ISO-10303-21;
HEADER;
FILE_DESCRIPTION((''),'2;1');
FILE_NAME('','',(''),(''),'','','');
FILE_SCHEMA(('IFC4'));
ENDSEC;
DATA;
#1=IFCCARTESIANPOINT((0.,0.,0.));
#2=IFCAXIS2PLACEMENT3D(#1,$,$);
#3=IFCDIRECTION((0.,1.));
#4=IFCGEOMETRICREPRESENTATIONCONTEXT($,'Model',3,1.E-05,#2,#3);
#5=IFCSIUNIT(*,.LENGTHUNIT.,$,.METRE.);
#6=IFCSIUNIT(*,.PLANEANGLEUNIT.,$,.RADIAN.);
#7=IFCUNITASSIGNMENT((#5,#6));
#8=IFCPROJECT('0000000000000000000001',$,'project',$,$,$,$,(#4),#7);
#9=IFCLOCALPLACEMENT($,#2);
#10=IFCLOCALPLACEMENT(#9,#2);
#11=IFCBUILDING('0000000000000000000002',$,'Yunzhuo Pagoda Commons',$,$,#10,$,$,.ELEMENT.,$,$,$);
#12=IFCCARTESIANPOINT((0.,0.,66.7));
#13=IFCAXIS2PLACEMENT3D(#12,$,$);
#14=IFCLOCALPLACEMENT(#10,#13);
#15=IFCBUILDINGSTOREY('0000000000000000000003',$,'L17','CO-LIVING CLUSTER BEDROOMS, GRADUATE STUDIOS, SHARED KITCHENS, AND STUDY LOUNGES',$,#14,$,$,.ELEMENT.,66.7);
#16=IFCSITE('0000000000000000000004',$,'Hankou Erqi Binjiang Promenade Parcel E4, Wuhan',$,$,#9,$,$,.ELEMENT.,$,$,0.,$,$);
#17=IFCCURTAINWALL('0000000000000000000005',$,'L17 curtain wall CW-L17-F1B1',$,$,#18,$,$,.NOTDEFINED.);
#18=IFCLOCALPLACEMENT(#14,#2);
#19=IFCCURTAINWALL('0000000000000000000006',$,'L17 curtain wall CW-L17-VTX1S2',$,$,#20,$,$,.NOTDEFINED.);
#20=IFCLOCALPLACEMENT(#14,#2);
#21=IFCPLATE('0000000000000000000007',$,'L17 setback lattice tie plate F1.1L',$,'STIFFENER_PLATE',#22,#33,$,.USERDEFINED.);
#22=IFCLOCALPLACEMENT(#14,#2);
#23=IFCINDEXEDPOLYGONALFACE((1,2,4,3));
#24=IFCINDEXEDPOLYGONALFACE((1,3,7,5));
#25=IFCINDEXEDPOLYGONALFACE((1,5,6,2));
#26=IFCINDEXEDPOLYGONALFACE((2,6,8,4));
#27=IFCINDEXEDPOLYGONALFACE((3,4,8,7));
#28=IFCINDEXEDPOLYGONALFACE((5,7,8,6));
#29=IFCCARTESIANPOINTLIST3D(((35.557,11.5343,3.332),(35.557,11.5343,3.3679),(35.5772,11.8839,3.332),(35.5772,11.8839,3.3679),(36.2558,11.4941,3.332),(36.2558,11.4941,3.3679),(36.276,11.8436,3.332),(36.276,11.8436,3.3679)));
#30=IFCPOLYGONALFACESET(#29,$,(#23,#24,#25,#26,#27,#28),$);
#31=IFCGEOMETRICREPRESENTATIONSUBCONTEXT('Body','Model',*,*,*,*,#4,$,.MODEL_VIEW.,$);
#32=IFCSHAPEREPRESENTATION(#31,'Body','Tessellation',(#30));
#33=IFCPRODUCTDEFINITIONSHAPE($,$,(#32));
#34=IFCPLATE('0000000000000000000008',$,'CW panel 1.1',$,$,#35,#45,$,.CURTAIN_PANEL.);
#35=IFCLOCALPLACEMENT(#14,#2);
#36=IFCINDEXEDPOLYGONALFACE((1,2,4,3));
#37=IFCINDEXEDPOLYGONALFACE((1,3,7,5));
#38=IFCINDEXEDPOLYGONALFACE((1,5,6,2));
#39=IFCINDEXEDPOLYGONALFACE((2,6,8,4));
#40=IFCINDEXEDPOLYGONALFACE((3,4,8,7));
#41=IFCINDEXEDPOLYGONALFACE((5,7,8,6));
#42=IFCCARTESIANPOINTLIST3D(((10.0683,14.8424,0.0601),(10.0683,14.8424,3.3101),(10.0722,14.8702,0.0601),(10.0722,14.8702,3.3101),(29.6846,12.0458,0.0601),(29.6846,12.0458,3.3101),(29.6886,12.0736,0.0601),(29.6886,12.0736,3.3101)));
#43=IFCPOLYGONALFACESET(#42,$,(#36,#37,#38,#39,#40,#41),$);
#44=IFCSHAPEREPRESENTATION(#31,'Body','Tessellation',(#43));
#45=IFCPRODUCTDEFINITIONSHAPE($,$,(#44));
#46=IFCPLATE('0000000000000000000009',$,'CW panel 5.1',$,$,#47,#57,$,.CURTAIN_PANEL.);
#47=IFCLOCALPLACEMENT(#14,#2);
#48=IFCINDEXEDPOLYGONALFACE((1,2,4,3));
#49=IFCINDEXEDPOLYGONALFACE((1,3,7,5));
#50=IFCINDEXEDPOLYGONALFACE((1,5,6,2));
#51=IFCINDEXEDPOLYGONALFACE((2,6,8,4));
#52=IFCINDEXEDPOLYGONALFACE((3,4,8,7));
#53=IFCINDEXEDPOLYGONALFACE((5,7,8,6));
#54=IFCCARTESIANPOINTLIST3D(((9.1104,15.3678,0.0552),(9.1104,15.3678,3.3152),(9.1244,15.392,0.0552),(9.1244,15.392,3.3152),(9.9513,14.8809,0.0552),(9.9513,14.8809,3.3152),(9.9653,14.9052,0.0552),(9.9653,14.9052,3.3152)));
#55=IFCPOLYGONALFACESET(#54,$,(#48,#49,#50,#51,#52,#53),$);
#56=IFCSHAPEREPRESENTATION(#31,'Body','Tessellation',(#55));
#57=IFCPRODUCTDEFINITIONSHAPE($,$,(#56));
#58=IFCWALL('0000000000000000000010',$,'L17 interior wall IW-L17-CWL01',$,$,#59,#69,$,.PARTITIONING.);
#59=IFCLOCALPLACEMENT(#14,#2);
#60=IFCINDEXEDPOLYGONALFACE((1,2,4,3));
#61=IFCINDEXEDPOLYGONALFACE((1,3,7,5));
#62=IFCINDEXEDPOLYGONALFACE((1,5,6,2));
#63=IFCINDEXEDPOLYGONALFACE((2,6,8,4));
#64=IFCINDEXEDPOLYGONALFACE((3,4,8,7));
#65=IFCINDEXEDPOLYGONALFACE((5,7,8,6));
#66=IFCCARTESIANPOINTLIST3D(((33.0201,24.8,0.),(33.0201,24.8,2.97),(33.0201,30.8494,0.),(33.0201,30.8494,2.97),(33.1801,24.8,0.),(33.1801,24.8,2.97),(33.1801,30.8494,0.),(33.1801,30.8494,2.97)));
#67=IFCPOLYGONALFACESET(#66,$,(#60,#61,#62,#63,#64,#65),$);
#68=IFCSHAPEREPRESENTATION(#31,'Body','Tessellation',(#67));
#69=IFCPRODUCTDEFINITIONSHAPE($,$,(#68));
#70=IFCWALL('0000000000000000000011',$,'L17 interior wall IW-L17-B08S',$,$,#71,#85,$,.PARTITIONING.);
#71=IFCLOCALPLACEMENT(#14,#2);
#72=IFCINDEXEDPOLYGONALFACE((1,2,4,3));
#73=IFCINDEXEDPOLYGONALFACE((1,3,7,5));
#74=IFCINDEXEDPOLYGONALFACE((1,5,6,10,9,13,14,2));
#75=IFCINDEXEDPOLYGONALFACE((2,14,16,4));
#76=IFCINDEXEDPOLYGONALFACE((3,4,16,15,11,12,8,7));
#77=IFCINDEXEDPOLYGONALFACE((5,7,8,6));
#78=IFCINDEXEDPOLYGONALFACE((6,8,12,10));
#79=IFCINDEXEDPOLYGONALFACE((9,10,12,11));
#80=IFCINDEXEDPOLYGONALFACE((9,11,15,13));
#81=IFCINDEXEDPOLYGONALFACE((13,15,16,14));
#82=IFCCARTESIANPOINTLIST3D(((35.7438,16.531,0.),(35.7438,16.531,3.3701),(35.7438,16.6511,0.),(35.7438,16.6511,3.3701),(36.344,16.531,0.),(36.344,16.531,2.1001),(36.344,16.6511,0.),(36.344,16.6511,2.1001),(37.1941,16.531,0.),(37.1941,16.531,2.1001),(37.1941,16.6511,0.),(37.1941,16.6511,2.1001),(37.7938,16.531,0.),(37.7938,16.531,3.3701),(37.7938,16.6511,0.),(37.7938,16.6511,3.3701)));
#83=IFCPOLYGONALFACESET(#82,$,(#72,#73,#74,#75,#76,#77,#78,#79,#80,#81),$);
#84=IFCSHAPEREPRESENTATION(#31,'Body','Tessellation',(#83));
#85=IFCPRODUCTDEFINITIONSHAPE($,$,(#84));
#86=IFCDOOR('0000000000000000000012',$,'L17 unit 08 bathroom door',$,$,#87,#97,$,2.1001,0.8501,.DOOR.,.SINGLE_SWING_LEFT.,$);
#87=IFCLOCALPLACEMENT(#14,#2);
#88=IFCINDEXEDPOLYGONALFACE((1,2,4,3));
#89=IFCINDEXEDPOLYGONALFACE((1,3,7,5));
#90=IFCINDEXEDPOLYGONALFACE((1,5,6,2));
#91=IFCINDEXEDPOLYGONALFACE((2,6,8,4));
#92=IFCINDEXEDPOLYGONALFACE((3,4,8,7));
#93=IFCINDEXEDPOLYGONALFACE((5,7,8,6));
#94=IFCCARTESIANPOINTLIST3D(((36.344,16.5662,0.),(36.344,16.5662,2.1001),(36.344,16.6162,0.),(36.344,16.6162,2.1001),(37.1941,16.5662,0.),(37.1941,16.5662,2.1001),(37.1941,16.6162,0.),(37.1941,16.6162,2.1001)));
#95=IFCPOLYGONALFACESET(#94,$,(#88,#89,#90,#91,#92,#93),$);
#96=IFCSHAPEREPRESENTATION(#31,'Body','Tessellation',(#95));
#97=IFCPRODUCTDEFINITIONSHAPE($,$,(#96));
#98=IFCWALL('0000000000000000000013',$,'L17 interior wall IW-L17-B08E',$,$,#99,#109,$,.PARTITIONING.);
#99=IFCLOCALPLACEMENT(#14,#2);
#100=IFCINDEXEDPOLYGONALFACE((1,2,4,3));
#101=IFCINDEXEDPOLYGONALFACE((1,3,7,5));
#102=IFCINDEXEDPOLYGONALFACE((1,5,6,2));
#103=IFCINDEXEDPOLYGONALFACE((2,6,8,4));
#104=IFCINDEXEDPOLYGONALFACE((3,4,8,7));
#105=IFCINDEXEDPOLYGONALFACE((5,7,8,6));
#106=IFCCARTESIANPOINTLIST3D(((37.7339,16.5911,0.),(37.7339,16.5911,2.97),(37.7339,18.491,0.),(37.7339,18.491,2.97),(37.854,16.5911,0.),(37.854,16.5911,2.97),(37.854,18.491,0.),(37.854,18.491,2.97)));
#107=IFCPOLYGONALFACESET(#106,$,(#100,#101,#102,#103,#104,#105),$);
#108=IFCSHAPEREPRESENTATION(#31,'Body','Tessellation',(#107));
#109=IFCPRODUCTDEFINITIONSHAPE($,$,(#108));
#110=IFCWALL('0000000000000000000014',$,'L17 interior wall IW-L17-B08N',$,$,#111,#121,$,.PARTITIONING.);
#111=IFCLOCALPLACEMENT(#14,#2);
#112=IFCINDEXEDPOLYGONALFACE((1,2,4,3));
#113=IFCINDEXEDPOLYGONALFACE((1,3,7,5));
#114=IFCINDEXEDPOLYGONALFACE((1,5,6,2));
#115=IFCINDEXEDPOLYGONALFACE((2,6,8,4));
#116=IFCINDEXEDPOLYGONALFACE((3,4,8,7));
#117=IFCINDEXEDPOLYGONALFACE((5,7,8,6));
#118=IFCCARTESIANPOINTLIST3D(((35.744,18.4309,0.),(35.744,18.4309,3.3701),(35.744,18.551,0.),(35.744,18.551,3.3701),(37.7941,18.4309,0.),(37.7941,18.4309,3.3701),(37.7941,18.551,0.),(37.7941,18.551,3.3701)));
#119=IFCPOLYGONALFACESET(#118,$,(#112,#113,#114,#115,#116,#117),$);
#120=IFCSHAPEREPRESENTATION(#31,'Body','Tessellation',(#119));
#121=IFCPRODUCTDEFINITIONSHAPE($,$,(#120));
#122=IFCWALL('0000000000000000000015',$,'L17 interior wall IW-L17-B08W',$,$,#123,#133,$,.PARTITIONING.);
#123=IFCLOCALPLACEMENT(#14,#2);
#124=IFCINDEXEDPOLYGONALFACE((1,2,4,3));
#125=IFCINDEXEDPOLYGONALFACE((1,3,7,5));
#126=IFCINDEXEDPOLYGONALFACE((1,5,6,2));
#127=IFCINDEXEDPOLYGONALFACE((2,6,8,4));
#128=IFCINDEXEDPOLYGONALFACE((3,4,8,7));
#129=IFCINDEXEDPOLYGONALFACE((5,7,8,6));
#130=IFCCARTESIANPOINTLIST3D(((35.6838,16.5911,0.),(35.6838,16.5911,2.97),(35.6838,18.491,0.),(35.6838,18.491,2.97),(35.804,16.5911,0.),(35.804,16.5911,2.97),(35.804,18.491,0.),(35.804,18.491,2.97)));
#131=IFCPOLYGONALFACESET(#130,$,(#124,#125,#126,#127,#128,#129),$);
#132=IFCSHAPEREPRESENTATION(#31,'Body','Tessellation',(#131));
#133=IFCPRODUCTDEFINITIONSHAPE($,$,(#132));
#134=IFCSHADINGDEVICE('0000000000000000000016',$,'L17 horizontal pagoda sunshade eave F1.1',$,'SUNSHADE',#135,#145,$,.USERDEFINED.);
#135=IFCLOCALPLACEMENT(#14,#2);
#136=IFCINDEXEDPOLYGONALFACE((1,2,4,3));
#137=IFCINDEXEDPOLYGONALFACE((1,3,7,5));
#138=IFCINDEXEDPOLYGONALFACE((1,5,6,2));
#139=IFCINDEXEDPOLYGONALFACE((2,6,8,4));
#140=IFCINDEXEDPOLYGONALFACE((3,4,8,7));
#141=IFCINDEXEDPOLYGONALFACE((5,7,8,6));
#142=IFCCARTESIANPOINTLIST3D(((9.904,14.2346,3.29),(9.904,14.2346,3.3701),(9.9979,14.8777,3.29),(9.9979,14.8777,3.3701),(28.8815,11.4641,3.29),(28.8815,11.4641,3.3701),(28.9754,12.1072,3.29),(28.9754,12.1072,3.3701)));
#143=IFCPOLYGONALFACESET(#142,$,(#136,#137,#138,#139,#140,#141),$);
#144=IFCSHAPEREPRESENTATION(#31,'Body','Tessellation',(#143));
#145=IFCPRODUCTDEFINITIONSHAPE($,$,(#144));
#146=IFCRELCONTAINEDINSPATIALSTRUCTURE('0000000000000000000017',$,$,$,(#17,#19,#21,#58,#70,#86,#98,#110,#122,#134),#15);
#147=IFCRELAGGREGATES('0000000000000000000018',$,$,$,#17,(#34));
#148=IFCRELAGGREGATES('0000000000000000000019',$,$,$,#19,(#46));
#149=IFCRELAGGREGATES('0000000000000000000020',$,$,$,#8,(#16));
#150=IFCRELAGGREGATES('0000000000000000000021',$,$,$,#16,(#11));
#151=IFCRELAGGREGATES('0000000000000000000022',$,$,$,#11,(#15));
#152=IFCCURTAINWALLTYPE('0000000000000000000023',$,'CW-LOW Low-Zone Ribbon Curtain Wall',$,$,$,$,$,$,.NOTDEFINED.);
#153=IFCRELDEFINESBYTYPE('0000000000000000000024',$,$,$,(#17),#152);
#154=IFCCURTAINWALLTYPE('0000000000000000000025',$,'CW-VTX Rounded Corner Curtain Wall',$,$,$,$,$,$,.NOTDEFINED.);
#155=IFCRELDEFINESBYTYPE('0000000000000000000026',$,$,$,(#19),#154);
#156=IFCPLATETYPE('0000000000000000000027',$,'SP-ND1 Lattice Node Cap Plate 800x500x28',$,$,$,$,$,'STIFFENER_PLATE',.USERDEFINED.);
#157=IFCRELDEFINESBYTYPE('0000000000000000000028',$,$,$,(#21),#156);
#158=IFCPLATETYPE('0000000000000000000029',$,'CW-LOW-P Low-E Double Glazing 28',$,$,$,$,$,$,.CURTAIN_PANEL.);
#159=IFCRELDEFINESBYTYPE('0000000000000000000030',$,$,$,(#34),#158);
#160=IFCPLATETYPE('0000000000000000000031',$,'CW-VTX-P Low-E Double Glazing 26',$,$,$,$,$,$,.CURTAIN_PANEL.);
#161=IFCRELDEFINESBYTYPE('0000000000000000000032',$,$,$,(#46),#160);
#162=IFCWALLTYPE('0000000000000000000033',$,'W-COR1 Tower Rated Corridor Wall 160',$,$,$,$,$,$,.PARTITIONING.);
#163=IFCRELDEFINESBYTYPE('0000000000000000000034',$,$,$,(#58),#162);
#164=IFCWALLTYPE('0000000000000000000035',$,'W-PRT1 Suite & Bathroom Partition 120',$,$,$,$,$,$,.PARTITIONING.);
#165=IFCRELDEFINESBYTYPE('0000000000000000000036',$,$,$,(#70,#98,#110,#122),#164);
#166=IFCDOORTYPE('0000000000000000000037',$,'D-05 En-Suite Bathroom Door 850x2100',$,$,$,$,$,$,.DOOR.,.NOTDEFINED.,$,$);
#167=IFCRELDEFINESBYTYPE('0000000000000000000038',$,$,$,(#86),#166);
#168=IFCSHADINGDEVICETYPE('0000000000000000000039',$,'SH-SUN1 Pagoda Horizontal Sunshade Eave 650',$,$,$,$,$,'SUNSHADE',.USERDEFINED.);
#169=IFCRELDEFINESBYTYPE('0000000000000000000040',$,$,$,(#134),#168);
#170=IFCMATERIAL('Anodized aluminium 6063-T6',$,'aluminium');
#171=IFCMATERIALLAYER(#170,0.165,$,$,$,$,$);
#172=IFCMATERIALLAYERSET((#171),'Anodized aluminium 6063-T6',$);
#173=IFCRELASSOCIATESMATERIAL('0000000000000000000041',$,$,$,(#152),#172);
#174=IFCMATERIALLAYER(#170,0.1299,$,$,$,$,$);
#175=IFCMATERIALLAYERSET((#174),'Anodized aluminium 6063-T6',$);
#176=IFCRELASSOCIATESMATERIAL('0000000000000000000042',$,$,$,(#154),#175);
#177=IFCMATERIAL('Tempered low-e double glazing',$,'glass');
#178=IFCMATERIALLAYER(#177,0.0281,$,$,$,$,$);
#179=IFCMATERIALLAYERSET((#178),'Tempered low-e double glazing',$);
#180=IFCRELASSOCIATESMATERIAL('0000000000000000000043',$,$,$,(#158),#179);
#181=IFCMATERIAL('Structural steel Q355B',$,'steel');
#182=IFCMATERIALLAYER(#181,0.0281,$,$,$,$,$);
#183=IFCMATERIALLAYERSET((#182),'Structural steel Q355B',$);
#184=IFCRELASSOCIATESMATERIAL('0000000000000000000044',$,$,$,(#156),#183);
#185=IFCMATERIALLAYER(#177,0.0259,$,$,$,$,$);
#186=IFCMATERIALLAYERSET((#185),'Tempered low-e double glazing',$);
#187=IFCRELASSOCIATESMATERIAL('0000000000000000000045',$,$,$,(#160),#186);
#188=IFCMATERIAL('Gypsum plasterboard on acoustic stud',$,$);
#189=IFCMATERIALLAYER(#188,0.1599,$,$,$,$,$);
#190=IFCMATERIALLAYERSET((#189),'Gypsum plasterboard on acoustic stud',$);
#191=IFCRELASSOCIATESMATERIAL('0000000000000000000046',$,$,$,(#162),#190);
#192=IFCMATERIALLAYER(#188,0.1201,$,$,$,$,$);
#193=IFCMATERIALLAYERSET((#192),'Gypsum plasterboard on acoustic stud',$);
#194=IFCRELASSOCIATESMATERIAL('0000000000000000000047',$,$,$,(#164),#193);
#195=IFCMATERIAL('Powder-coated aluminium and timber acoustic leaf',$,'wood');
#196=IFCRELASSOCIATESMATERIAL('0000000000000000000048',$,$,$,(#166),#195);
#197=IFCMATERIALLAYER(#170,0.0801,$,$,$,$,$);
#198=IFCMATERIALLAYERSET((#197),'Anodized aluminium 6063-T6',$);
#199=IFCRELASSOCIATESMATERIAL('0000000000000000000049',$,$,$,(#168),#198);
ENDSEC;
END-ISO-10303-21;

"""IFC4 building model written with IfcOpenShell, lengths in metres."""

from ifc_helpers import new_model, si_unit, direction, frame, frame_2d, origin, origin_2d, place, context, subcontext, project, spatial, rectangle, extrude, source, transform, mapped, material, layer, layer_set, type_object, element, fill, aggregate, save


model = new_model("IFC4")

# Units and contexts
model_context = context("Model", 3, precision=1e-05, world=origin(), true_north=direction((0.0, 1.0)))
body_context = subcontext(model_context, "Body", "Model", "MODEL_VIEW")
ifc_project = project(units=[si_unit("LENGTHUNIT", "METRE"), si_unit("PLANEANGLEUNIT", "RADIAN")], contexts=[model_context])

# Site, building, storey
site_placement = place(None, origin())
site = spatial("IfcSite", under=ifc_project, at=site_placement, Name="Hankou Erqi Binjiang Promenade Parcel E4, Wuhan", CompositionType="ELEMENT", RefElevation=0.0)
building_placement = place(site_placement, origin())
building = spatial("IfcBuilding", under=site, at=building_placement, Name="Yunzhuo Pagoda Commons", CompositionType="ELEMENT")
storey_placement = place(building_placement, frame((0.0, 0.0, 66.7)))
storey = spatial("IfcBuildingStorey", under=building, at=storey_placement, Name="L17", Description="CO-LIVING CLUSTER BEDROOMS, GRADUATE STUDIOS, SHARED KITCHENS, AND STUDY LOUNGES", CompositionType="ELEMENT", Elevation=66.7)

# Shared definitions
ifc_material_1 = material(Name="Structural steel Q355B", Category="steel")

# Shared definitions
ifc_material_2 = material(Name="Anodized aluminium 6063-T6", Category="aluminium")
ifc_layer_1 = layer(ifc_material_2, 0.165)
ifc_layer_set_1 = layer_set([ifc_layer_1], Name="Anodized aluminium 6063-T6")
curtain_wall_type_1 = type_object("IfcCurtainWallType", Name="CW-LOW Low-Zone Ribbon Curtain Wall", PredefinedType="NOTDEFINED", material=ifc_layer_set_1)

# Curtain wall
curtain_wall_1_placement = place(storey_placement, origin())
curtain_wall_1 = element("IfcCurtainWall", 1, at=curtain_wall_1_placement, inside=storey, type_object=curtain_wall_type_1, Name="L17 curtain wall CW-L17-F1B1", PredefinedType="NOTDEFINED")

# Curtain wall
ifc_layer_2 = layer(ifc_material_2, 0.1299)
ifc_layer_set_2 = layer_set([ifc_layer_2], Name="Anodized aluminium 6063-T6")
curtain_wall_type_2 = type_object("IfcCurtainWallType", Name="CW-VTX Rounded Corner Curtain Wall", PredefinedType="NOTDEFINED", material=ifc_layer_set_2)
curtain_wall_2_placement = place(storey_placement, origin())
curtain_wall_2 = element("IfcCurtainWall", 2, at=curtain_wall_2_placement, inside=storey, type_object=curtain_wall_type_2, Name="L17 curtain wall CW-L17-VTX1S2", PredefinedType="NOTDEFINED")

# Plates
ifc_material_3 = material(Name="Tempered low-e double glazing", Category="glass")
ifc_layer_3 = layer(ifc_material_3, 0.0281)
ifc_layer_set_3 = layer_set([ifc_layer_3], Name="Tempered low-e double glazing")
plate_type_1 = type_object("IfcPlateType", Name="CW-LOW-P Low-E Double Glazing 28", PredefinedType="CURTAIN_PANEL", material=ifc_layer_set_3)
ifc_layer_4 = layer(ifc_material_1, 0.0281)
ifc_layer_set_4 = layer_set([ifc_layer_4], Name="Structural steel Q355B")
plate_type_2 = type_object("IfcPlateType", Name="SP-ND1 Lattice Node Cap Plate 800x500x28", ElementType="STIFFENER_PLATE", PredefinedType="USERDEFINED", material=ifc_layer_set_4)
shared_shape_1 = source(origin(), body_context, "Body", "SweptSolid", [
    extrude(rectangle(XDim=0.7, YDim=0.3501, at=origin_2d()), origin(), (0.0, 0.0, 1.0), 0.0359),
])
plate_1_placement = place(storey_placement, frame((35.9165, 11.689, 3.332), z_axis=(0.0, 0.0, 1.0), x_axis=(0.998343, -0.057547, 0.0)))
element("IfcPlate", 3, at=plate_1_placement, inside=storey, type_object=plate_type_2, Name="L17 setback lattice tie plate F1.1L", ObjectType="STIFFENER_PLATE", PredefinedType="USERDEFINED", context=body_context, shape_type="MappedRepresentation", body=[
    mapped(shared_shape_1, transform((0.0, 0.0, 0.0), scale=1.0)),
])
shared_shape_2 = source(origin(), body_context, "Body", "SweptSolid", [
    extrude(rectangle(XDim=19.8147, YDim=0.0281, at=origin_2d()), origin(), (0.0, 0.0, 1.0), 3.25),
])
plate_2_placement = place(storey_placement, frame((19.8784, 13.458, 0.0601), z_axis=(0.0, 0.0, 1.0), x_axis=(0.98999, -0.14114, 0.0)))
plate_2 = element("IfcPlate", 4, at=plate_2_placement, type_object=plate_type_1, Name="CW panel 1.1", PredefinedType="CURTAIN_PANEL", context=body_context, shape_type="MappedRepresentation", body=[
    mapped(shared_shape_2, transform((0.0, 0.0, 0.0), scale=1.0)),
])
aggregate(curtain_wall_1, [plate_2])
ifc_layer_5 = layer(ifc_material_3, 0.0259)
ifc_layer_set_5 = layer_set([ifc_layer_5], Name="Tempered low-e double glazing")
plate_type_3 = type_object("IfcPlateType", Name="CW-VTX-P Low-E Double Glazing 26", PredefinedType="CURTAIN_PANEL", material=ifc_layer_set_5)
shared_shape_3 = source(origin(), body_context, "Body", "SweptSolid", [
    extrude(rectangle(XDim=0.9717, YDim=0.0281, at=origin_2d()), origin(), (0.0, 0.0, 1.0), 3.26),
])
plate_3_placement = place(storey_placement, frame((9.5378, 15.1365, 0.0552), z_axis=(0.0, 0.0, 1.0), x_axis=(0.865425, -0.501039, 0.0)))
plate_3 = element("IfcPlate", 5, at=plate_3_placement, type_object=plate_type_3, Name="CW panel 5.1", PredefinedType="CURTAIN_PANEL", context=body_context, shape_type="MappedRepresentation", body=[
    mapped(shared_shape_3, transform((0.0, 0.0, 0.0), scale=1.0)),
])
aggregate(curtain_wall_2, [plate_3])

# Wall
ifc_material_4 = material(Name="Gypsum plasterboard on acoustic stud")
ifc_layer_6 = layer(ifc_material_4, 0.1599)
ifc_layer_set_6 = layer_set([ifc_layer_6], Name="Gypsum plasterboard on acoustic stud")
wall_type_1 = type_object("IfcWallType", Name="W-COR1 Tower Rated Corridor Wall 160", PredefinedType="PARTITIONING", material=ifc_layer_set_6)
wall_1_placement = place(storey_placement, frame((33.1001, 24.8, 0.0), z_axis=(0.0, 0.0, 1.0), x_axis=(0.0, 1.0, 0.0)))
element("IfcWall", 6, at=wall_1_placement, inside=storey, type_object=wall_type_1, Name="L17 interior wall IW-L17-CWL01", PredefinedType="PARTITIONING", context=body_context, shape_type="SweptSolid", body=[
    extrude(rectangle(XDim=6.0493, YDim=0.1599, at=frame_2d((3.0247, 0.0))), origin(), (0.0, 0.0, 1.0), 2.97),
])

# Wall, opening, door
ifc_layer_7 = layer(ifc_material_4, 0.1201)
ifc_layer_set_7 = layer_set([ifc_layer_7], Name="Gypsum plasterboard on acoustic stud")
wall_type_2 = type_object("IfcWallType", Name="W-PRT1 Suite & Bathroom Partition 120", PredefinedType="PARTITIONING", material=ifc_layer_set_7)
wall_2_placement = place(storey_placement, frame((35.7439, 16.5911, 0.0), z_axis=(0.0, 0.0, 1.0), x_axis=(1.0, 0.0, 0.0)))
wall_2 = element("IfcWall", 7, at=wall_2_placement, inside=storey, type_object=wall_type_2, Name="L17 interior wall IW-L17-B08S", PredefinedType="PARTITIONING", context=body_context, shape_type="SweptSolid", body=[
    extrude(rectangle(XDim=2.05, YDim=0.1201, at=frame_2d((1.0249, 0.0))), origin(), (0.0, 0.0, 1.0), 3.3701),
])
opening_placement = place(wall_2_placement, frame((0.6001, 0.0, 0.0)))
opening = element("IfcOpeningElement", 8, at=opening_placement, cuts=wall_2, PredefinedType="OPENING", context=body_context, shape_type="SweptSolid", body=[
    extrude(rectangle(XDim=0.8501, YDim=2.1001, at=frame_2d((0.425, 1.05))), frame((0.0, 0.0701, 0.0), z_axis=(0.0, -1.0, 0.0), x_axis=(1.0, 0.0, 0.0)), (0.0, 0.0, 1.0), 0.1401),
])
ifc_material_5 = material(Name="Powder-coated aluminium and timber acoustic leaf", Category="wood")
door_type = type_object("IfcDoorType", Name="D-05 En-Suite Bathroom Door 850x2100", OperationType="NOTDEFINED", PredefinedType="DOOR", material=ifc_material_5)
shared_shape_4 = source(origin(), body_context, "Body", "SweptSolid", [
    extrude(rectangle(XDim=0.8501, YDim=2.1001, at=frame_2d((0.425, 1.05))), frame((0.0, 0.0249, 0.0), z_axis=(0.0, -1.0, 0.0), x_axis=(1.0, 0.0, 0.0)), (0.0, 0.0, 1.0), 0.05),
])
door_placement = place(opening_placement, frame((0.8501, 0.0, 0.0), z_axis=(0.0, 0.0, 1.0), x_axis=(-1.0, 0.0, 0.0)))
door = element("IfcDoor", 9, at=door_placement, inside=storey, type_object=door_type, Name="L17 unit 08 bathroom door", OperationType="SINGLE_SWING_LEFT", OverallHeight=2.1001, OverallWidth=0.8501, PredefinedType="DOOR", context=body_context, shape_type="MappedRepresentation", body=[
    mapped(shared_shape_4, transform((0.0, 0.0, 0.0), scale=1.0)),
])
fill(opening, door)

# Walls
wall_3_placement = place(storey_placement, frame((37.7939, 16.5911, 0.0), z_axis=(0.0, 0.0, 1.0), x_axis=(0.0, 1.0, 0.0)))
element("IfcWall", 10, at=wall_3_placement, inside=storey, type_object=wall_type_2, Name="L17 interior wall IW-L17-B08E", PredefinedType="PARTITIONING", context=body_context, shape_type="SweptSolid", body=[
    extrude(rectangle(XDim=1.8999, YDim=0.1201, at=frame_2d((0.95, 0.0))), origin(), (0.0, 0.0, 1.0), 2.97),
])
wall_4_placement = place(storey_placement, frame((37.7939, 18.491, 0.0), z_axis=(0.0, 0.0, 1.0), x_axis=(-1.0, 0.0, 0.0)))
element("IfcWall", 11, at=wall_4_placement, inside=storey, type_object=wall_type_2, Name="L17 interior wall IW-L17-B08N", PredefinedType="PARTITIONING", context=body_context, shape_type="SweptSolid", body=[
    extrude(rectangle(XDim=2.05, YDim=0.1201, at=frame_2d((1.0249, 0.0))), origin(), (0.0, 0.0, 1.0), 3.3701),
])
wall_5_placement = place(storey_placement, frame((35.7439, 18.491, 0.0), z_axis=(0.0, 0.0, 1.0), x_axis=(0.0, -1.0, 0.0)))
element("IfcWall", 12, at=wall_5_placement, inside=storey, type_object=wall_type_2, Name="L17 interior wall IW-L17-B08W", PredefinedType="PARTITIONING", context=body_context, shape_type="SweptSolid", body=[
    extrude(rectangle(XDim=1.8999, YDim=0.1201, at=frame_2d((0.95, 0.0))), origin(), (0.0, 0.0, 1.0), 2.97),
])

# Shading device
ifc_layer_8 = layer(ifc_material_2, 0.0801)
ifc_layer_set_8 = layer_set([ifc_layer_8], Name="Anodized aluminium 6063-T6")
shading_device_type = type_object("IfcShadingDeviceType", Name="SH-SUN1 Pagoda Horizontal Sunshade Eave 650", ElementType="SUNSHADE", PredefinedType="USERDEFINED", material=ifc_layer_set_8)
shared_shape_5 = source(origin(), body_context, "Body", "SweptSolid", [
    extrude(rectangle(XDim=19.1787, YDim=0.6499, at=origin_2d()), origin(), (0.0, 0.0, 1.0), 0.0801),
])
shading_device_placement = place(storey_placement, frame((19.4397, 13.1709, 3.29), z_axis=(0.0, 0.0, 1.0), x_axis=(0.989511, -0.14446, 0.0)))
element("IfcShadingDevice", 13, at=shading_device_placement, inside=storey, type_object=shading_device_type, Name="L17 horizontal pagoda sunshade eave F1.1", ObjectType="SUNSHADE", PredefinedType="USERDEFINED", context=body_context, shape_type="MappedRepresentation", body=[
    mapped(shared_shape_5, transform((0.0, 0.0, 0.0), scale=1.0)),
])

save(model, "model.ifc")
